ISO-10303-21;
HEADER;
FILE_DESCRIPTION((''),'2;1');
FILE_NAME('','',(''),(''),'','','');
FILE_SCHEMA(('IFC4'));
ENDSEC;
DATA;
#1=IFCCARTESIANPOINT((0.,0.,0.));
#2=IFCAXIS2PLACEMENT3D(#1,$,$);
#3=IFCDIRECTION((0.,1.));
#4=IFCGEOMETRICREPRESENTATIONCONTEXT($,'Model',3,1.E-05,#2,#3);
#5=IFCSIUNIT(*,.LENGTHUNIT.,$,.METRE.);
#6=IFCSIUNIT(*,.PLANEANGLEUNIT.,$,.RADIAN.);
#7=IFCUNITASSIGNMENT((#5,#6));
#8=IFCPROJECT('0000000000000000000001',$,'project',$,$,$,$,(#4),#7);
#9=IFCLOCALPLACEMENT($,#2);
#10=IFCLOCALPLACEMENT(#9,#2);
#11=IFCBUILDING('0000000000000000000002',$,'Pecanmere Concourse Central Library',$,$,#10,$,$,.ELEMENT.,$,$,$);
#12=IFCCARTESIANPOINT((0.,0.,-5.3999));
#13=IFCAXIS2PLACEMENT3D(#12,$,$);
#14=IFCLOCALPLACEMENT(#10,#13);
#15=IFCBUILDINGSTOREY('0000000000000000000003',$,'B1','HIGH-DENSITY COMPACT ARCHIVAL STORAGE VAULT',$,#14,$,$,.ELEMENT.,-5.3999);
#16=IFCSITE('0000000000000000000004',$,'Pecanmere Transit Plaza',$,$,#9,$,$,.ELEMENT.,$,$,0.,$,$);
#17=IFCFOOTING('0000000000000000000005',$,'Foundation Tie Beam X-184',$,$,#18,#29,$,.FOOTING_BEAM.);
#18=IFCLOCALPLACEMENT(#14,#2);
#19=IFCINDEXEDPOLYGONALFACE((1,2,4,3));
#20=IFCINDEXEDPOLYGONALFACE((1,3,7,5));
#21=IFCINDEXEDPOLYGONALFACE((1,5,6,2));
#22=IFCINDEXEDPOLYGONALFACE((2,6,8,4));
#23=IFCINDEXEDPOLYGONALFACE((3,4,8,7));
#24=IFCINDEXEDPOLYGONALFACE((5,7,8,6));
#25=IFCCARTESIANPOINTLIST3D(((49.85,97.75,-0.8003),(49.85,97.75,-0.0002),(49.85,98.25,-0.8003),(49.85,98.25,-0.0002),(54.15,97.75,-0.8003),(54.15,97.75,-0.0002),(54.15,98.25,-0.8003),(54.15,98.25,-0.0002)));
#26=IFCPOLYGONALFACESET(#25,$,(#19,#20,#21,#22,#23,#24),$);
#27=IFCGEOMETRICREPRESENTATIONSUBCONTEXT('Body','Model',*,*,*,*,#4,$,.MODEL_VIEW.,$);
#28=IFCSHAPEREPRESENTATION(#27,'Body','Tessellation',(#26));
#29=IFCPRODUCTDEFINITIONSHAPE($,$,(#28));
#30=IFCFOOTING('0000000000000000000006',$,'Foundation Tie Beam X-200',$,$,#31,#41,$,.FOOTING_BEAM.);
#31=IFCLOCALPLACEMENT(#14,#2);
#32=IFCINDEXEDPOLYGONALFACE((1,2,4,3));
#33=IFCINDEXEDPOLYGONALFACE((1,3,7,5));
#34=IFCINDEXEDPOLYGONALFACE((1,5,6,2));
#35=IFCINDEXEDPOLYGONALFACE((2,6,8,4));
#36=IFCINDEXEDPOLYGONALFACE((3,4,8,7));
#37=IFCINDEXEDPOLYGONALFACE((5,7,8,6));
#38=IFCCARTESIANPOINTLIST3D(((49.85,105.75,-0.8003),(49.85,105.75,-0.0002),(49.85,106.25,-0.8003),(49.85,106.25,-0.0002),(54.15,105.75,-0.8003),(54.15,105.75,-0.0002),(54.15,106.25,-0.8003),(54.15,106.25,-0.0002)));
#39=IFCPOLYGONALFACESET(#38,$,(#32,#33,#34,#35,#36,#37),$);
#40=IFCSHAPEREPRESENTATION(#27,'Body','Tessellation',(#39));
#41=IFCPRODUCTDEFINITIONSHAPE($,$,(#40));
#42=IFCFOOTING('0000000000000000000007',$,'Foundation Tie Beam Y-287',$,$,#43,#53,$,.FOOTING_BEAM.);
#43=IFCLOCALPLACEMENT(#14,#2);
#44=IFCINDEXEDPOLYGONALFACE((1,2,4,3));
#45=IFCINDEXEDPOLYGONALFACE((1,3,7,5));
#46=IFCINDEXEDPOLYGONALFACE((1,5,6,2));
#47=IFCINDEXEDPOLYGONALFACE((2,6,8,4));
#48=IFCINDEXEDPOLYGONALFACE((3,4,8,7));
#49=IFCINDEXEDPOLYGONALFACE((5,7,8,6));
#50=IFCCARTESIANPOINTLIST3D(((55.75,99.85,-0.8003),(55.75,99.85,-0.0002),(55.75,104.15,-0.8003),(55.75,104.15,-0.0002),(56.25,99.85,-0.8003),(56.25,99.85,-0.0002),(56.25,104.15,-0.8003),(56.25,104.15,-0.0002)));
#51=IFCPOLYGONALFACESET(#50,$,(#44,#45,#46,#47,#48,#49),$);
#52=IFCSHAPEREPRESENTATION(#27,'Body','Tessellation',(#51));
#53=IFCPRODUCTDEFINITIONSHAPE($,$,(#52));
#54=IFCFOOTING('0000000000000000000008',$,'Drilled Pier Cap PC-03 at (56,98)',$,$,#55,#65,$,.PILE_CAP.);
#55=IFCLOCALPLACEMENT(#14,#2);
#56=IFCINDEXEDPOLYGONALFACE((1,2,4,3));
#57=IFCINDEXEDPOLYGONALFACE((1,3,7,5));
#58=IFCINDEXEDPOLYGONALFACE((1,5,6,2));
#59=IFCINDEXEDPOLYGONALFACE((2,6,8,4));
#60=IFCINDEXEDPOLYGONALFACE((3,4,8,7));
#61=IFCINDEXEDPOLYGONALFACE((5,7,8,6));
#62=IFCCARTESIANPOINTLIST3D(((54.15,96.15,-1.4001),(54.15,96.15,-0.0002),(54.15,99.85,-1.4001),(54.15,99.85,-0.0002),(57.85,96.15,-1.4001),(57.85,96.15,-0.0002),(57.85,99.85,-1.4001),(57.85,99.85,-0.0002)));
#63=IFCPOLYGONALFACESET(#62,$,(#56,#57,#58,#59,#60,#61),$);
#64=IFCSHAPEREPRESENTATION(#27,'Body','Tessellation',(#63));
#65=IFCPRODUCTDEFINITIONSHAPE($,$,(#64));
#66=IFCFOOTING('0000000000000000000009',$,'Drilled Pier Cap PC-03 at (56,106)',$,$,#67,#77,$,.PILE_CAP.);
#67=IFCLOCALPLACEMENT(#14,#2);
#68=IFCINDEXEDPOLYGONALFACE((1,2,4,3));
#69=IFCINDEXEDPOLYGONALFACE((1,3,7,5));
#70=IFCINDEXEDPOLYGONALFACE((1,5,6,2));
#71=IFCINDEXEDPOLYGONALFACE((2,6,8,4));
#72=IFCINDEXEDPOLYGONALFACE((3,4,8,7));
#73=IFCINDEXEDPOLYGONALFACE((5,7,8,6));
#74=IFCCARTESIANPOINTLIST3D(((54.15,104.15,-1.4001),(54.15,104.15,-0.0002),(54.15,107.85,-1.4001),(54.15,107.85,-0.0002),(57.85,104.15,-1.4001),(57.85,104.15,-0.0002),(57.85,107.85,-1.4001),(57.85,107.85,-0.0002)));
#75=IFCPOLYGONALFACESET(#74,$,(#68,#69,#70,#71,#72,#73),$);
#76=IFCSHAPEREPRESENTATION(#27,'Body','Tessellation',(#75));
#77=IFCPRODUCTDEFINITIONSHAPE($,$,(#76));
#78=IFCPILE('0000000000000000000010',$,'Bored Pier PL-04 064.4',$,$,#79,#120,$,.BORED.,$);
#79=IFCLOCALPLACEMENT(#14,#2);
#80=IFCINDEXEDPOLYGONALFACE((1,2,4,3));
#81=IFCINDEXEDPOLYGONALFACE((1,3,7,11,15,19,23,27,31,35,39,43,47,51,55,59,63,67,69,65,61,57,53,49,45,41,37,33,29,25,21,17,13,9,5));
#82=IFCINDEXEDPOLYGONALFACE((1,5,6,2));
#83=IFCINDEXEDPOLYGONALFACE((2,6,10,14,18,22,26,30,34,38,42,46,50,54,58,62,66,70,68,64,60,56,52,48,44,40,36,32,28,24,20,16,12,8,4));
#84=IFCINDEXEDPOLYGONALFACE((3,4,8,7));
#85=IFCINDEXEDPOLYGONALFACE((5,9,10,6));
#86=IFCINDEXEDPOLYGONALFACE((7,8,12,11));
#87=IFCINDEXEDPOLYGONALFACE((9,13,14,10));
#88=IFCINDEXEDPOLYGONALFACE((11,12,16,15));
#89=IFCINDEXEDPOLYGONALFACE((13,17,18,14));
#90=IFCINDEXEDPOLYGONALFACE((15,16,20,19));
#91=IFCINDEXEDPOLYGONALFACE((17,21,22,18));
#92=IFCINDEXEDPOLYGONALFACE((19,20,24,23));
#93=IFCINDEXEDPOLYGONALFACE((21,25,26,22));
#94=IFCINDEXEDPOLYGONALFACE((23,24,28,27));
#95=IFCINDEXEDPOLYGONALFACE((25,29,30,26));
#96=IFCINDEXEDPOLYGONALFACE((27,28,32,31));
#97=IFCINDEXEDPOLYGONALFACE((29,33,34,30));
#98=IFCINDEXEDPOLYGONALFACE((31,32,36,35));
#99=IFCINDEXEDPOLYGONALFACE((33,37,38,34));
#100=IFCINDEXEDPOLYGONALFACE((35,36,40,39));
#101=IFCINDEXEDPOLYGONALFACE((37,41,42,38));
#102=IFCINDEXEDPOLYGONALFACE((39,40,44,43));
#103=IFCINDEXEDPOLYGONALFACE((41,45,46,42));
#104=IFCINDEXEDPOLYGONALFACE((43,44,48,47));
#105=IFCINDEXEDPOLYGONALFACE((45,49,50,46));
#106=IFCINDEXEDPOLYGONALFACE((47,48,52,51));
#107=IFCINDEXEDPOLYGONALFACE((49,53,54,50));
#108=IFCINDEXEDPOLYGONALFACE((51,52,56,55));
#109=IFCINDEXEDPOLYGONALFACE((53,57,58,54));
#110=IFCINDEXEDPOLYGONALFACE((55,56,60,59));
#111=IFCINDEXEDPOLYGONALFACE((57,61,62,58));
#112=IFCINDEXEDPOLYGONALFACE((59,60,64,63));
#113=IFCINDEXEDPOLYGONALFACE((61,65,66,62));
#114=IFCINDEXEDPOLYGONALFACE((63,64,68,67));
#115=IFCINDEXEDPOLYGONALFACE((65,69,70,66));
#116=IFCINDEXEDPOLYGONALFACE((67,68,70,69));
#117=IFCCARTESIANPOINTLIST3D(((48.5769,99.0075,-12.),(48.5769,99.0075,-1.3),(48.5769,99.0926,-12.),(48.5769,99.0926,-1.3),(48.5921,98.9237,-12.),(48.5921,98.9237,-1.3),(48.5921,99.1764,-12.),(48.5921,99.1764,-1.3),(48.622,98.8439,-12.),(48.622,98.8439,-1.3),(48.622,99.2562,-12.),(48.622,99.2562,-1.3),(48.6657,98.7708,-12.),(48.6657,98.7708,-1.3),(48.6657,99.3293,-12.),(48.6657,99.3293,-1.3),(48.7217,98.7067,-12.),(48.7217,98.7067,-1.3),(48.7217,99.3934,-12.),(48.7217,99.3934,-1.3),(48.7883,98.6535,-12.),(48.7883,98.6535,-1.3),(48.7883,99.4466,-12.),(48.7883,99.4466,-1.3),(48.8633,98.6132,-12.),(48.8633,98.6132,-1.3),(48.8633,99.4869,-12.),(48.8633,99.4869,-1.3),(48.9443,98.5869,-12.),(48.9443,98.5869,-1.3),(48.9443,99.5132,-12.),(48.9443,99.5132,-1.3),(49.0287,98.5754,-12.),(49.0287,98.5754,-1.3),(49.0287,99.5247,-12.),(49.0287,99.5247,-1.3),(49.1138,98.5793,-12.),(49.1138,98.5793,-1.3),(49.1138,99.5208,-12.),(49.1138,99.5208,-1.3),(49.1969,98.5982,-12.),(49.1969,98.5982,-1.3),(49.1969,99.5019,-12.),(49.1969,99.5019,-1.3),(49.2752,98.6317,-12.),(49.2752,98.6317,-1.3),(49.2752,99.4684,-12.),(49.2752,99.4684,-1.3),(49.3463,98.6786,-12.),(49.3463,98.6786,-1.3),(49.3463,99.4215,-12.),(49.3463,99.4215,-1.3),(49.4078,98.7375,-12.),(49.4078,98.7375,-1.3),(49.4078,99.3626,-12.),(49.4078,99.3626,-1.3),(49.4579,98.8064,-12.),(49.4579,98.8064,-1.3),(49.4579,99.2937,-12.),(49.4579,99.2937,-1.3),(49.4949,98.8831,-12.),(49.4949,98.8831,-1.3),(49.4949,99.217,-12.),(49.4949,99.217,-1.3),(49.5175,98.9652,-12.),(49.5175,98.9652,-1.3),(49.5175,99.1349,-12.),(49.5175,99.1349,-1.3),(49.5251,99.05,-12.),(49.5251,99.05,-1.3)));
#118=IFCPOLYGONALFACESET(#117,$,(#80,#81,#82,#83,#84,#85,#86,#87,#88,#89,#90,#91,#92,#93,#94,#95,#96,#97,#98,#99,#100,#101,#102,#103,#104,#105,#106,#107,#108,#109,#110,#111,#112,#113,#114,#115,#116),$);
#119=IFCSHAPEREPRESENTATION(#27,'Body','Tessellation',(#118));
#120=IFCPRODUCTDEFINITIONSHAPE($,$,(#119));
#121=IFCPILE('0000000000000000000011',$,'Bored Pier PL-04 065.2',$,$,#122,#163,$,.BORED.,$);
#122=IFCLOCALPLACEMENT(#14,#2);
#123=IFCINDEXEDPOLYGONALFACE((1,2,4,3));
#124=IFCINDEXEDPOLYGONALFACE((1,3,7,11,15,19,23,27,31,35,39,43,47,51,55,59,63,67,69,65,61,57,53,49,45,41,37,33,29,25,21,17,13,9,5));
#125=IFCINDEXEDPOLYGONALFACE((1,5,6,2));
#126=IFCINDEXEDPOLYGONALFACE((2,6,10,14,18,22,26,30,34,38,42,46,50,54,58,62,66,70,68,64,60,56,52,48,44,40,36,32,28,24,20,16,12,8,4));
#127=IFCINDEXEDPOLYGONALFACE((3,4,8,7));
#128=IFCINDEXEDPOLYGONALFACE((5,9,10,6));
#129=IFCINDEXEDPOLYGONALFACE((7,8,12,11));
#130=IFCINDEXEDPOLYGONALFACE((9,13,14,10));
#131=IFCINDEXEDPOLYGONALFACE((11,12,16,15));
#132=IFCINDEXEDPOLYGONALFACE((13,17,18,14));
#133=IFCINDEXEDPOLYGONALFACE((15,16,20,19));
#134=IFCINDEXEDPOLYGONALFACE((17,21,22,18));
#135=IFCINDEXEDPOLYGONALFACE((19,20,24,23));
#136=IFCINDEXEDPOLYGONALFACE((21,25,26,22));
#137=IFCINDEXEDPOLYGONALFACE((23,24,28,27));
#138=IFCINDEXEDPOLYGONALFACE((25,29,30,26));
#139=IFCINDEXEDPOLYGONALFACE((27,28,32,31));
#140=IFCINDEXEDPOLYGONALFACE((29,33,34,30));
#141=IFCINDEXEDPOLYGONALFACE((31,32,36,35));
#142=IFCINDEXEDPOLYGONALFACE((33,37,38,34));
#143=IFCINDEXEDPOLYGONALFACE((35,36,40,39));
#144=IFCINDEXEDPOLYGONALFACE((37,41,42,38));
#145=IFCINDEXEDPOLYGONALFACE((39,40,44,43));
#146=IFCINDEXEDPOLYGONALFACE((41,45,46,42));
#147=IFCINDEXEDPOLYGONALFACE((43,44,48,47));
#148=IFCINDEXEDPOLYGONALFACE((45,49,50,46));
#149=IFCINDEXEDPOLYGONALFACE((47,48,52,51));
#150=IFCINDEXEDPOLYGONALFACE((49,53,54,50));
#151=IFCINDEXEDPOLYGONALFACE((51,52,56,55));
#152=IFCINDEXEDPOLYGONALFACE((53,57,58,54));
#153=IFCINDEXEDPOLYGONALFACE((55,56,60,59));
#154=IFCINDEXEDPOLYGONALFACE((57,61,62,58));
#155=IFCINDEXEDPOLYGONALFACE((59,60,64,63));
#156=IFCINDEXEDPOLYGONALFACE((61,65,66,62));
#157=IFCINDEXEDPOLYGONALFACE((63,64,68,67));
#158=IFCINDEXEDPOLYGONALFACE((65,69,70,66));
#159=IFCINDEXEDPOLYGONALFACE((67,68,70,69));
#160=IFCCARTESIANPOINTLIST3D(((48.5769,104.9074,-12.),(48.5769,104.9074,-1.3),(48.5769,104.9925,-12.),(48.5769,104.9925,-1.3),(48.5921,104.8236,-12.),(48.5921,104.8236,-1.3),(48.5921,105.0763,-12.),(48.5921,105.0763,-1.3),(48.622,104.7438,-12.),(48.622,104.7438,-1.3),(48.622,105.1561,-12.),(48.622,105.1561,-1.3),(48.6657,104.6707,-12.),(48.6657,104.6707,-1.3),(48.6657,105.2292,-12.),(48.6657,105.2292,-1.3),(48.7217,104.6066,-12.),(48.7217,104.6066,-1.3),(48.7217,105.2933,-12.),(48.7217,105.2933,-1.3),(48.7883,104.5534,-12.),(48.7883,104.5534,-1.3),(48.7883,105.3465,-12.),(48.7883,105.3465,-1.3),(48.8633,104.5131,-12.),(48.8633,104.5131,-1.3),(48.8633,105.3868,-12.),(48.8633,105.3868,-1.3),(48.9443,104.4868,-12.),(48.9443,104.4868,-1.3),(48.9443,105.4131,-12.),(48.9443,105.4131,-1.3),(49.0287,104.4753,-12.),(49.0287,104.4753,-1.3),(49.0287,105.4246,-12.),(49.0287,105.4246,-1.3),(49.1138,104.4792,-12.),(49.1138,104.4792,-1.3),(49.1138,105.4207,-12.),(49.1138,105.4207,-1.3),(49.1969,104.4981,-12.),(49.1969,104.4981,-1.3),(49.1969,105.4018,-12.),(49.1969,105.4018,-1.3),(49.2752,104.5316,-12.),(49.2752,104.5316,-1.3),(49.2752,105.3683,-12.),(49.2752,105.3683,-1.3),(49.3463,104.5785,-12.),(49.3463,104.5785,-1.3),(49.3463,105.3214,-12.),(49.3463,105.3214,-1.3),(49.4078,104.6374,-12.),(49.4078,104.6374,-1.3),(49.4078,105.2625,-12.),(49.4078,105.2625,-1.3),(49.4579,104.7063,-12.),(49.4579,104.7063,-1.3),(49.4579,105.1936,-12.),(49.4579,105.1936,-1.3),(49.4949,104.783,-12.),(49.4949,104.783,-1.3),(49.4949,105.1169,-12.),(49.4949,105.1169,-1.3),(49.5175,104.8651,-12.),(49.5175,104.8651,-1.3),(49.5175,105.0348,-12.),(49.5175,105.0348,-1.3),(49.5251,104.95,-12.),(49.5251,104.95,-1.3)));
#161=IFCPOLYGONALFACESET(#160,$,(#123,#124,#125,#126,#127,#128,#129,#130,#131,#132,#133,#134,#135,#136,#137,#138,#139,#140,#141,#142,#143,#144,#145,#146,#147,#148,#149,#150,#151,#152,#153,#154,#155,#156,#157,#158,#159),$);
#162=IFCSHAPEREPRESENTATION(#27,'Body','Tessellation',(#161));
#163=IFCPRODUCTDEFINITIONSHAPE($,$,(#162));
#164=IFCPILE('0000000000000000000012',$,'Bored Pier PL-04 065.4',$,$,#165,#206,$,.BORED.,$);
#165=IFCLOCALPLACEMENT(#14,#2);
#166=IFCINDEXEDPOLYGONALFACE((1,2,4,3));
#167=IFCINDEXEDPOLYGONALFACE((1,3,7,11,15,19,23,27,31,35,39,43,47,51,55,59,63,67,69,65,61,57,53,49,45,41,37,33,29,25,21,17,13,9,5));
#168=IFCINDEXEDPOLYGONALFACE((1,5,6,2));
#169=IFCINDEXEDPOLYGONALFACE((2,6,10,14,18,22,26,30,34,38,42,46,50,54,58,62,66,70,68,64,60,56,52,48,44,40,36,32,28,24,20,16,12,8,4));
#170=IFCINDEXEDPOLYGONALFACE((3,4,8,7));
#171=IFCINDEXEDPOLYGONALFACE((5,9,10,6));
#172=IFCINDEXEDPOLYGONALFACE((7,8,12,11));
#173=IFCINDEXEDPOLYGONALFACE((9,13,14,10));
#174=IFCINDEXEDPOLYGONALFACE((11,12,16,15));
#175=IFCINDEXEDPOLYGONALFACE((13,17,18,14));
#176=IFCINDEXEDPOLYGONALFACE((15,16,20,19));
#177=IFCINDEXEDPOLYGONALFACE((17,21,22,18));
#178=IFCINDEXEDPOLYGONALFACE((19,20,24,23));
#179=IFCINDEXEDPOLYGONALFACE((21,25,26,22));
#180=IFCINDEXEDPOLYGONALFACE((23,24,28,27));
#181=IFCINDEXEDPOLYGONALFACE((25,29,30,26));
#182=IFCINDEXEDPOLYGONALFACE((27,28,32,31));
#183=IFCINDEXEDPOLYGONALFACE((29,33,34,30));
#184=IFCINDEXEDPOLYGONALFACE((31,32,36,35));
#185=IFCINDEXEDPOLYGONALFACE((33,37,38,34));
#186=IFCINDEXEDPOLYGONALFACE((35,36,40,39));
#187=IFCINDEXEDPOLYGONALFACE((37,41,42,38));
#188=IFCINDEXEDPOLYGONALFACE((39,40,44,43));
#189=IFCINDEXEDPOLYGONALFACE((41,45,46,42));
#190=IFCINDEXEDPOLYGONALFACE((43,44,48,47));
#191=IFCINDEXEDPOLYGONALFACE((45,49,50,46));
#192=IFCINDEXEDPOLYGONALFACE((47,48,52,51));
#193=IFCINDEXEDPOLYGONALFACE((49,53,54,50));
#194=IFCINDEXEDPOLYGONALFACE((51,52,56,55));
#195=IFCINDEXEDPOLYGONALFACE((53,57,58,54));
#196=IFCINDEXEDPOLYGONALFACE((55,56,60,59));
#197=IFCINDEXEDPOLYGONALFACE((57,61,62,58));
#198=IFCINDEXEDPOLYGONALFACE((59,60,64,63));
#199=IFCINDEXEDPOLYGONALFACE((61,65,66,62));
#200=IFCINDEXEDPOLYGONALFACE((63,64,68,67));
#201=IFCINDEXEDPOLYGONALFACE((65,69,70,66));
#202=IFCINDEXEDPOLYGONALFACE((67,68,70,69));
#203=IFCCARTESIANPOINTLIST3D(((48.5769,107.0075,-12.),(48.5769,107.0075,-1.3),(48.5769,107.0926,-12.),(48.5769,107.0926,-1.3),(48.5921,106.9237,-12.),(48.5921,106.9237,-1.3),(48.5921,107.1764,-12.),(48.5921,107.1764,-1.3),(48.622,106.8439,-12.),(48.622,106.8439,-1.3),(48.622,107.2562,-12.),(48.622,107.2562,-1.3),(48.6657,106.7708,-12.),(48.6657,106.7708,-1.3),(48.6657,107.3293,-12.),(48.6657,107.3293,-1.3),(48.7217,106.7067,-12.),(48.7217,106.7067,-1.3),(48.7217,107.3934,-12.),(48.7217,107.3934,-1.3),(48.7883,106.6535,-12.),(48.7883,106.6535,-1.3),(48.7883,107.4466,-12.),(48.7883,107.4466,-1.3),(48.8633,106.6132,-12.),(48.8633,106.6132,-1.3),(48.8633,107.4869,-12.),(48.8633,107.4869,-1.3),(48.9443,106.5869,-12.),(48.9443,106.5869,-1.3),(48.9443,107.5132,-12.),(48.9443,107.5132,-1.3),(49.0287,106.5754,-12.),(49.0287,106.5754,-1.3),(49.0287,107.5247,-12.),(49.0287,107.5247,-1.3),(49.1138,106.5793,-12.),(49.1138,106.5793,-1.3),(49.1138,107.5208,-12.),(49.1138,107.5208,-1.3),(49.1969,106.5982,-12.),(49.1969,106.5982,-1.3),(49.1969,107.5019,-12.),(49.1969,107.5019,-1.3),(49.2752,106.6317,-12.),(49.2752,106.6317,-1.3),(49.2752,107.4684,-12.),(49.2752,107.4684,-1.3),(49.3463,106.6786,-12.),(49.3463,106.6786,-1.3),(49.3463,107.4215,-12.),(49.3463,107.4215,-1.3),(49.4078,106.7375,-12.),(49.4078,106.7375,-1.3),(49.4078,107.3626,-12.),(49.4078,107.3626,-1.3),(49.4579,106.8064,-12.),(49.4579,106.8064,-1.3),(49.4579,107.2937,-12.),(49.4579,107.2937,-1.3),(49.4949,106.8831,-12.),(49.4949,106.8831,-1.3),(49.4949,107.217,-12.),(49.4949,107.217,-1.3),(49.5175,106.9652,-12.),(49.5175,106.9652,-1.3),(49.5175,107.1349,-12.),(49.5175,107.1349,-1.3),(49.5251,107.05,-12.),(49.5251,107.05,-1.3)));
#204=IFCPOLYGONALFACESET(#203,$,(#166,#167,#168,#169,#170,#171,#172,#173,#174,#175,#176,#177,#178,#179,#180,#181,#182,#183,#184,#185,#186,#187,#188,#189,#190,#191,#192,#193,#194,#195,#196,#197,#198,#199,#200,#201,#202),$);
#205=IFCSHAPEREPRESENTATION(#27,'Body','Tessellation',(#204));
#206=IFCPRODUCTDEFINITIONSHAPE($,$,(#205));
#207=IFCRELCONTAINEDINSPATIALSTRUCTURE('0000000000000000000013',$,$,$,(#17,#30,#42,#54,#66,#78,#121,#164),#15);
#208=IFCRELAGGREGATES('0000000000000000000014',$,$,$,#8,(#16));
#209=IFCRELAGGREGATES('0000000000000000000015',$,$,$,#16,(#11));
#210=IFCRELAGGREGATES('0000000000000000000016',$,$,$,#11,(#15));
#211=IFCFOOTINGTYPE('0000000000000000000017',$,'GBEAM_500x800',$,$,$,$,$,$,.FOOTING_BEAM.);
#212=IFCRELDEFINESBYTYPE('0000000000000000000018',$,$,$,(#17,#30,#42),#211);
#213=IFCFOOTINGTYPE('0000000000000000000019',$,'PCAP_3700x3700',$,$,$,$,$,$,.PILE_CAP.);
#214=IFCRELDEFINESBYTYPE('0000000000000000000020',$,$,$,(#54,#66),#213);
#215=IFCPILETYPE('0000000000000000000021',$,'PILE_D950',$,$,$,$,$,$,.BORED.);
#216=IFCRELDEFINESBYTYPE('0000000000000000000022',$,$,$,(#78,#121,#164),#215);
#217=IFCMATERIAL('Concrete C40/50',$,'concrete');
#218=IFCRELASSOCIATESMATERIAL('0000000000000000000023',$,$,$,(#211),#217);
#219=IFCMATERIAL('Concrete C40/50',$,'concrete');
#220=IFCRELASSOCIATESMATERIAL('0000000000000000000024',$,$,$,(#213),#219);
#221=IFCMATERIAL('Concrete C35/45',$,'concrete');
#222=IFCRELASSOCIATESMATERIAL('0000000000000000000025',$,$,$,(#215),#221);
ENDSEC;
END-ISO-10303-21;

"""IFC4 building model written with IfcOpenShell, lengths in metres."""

from ifc_helpers import new_model, si_unit, direction, frame, origin, origin_2d, place, context, subcontext, project, spatial, rectangle, circle, extrude, material, material_profile, profile_set, type_object, element, save


model = new_model("IFC4")

# Units and contexts
model_context = context("Model", 3, precision=1e-05, world=origin(), true_north=direction((0.0, 1.0)))
body_context = subcontext(model_context, "Body", "Model", "MODEL_VIEW")
ifc_project = project(units=[si_unit("LENGTHUNIT", "METRE"), si_unit("PLANEANGLEUNIT", "RADIAN")], contexts=[model_context])

# Site, building, storey
site_placement = place(None, origin())
site = spatial("IfcSite", under=ifc_project, at=site_placement, Name="Pecanmere Transit Plaza", CompositionType="ELEMENT", RefElevation=0.0)
building_placement = place(site_placement, origin())
building = spatial("IfcBuilding", under=site, at=building_placement, Name="Pecanmere Concourse Central Library", CompositionType="ELEMENT")
storey_placement = place(building_placement, frame((0.0, 0.0, -5.3999)))
storey = spatial("IfcBuildingStorey", under=building, at=storey_placement, Name="B1", Description="HIGH-DENSITY COMPACT ARCHIVAL STORAGE VAULT", CompositionType="ELEMENT", Elevation=-5.3999)

# Footings
ifc_material_1 = material(Name="Concrete C40/50", Category="concrete")
ifc_material_profile_1 = material_profile(ifc_material_1, rectangle(XDim=0.5, YDim=0.8, at=origin_2d()), Name="RC 500x800")
ifc_profile_set_1 = profile_set([ifc_material_profile_1], Name="Concrete C40/50")
footing_type_1 = type_object("IfcFootingType", Name="GBEAM_500x800", PredefinedType="FOOTING_BEAM", material=ifc_profile_set_1)
for number, where, z_axis, x_axis, name in (
    (1, (52.0, 98.0, -0.8003), (0.0, 0.0, 1.0), (1.0, 0.0, 0.0), "Foundation Tie Beam X-184"),
    (2, (52.0, 106.0, -0.8003), (0.0, 0.0, 1.0), (1.0, 0.0, 0.0), "Foundation Tie Beam X-200"),
    (3, (56.0, 102.0, -0.8003), (0.0, 0.0, 1.0), (0.0, 1.0, 0.0), "Foundation Tie Beam Y-287"),
):
    element("IfcFooting", number, at=place(storey_placement, frame(where, z_axis=z_axis, x_axis=x_axis)), inside=storey, type_object=footing_type_1, Name=name, PredefinedType="FOOTING_BEAM", context=body_context, shape_type="SweptSolid", body=[
        extrude(rectangle(XDim=4.3, YDim=0.5, at=origin_2d()), origin(), (0.0, 0.0, 1.0), 0.8),
    ])
ifc_material_2 = material(Name="Concrete C40/50", Category="concrete")
footing_type_2 = type_object("IfcFootingType", Name="PCAP_3700x3700", PredefinedType="PILE_CAP", material=ifc_material_2)
for number, where, z_axis, x_axis, name in (
    (4, (56.0, 98.0, -1.4001), (0.0, 0.0, 1.0), (1.0, 0.0, 0.0), "Drilled Pier Cap PC-03 at (56,98)"),
    (5, (56.0, 106.0, -1.4001), (0.0, 0.0, 1.0), (1.0, 0.0, 0.0), "Drilled Pier Cap PC-03 at (56,106)"),
):
    element("IfcFooting", number, at=place(storey_placement, frame(where, z_axis=z_axis, x_axis=x_axis)), inside=storey, type_object=footing_type_2, Name=name, PredefinedType="PILE_CAP", context=body_context, shape_type="SweptSolid", body=[
        extrude(rectangle(XDim=3.7, YDim=3.7, at=origin_2d()), origin(), (0.0, 0.0, 1.0), 1.3999),
    ])

# Piles
ifc_material_3 = material(Name="Concrete C35/45", Category="concrete")
ifc_material_profile_2 = material_profile(ifc_material_3, circle(Radius=0.4751, at=origin_2d()), Name="PIER D950")
ifc_profile_set_2 = profile_set([ifc_material_profile_2], Name="Concrete C35/45")
pile_type = type_object("IfcPileType", Name="PILE_D950", PredefinedType="BORED", material=ifc_profile_set_2)
for number, where, z_axis, x_axis, name in (
    (6, (49.05, 99.05, -1.3), (0.0, 0.0, -1.0), (1.0, 0.0, 0.0), "Bored Pier PL-04 064.4"),
    (7, (49.05, 104.95, -1.3), (0.0, 0.0, -1.0), (1.0, 0.0, 0.0), "Bored Pier PL-04 065.2"),
    (8, (49.05, 107.05, -1.3), (0.0, 0.0, -1.0), (1.0, 0.0, 0.0), "Bored Pier PL-04 065.4"),
):
    element("IfcPile", number, at=place(storey_placement, frame(where, z_axis=z_axis, x_axis=x_axis)), inside=storey, type_object=pile_type, Name=name, PredefinedType="BORED", context=body_context, shape_type="SweptSolid", body=[
        extrude(circle(Radius=0.4751, at=origin_2d()), origin(), (0.0, 0.0, 1.0), 10.7),
    ])

save(model, "model.ifc")
